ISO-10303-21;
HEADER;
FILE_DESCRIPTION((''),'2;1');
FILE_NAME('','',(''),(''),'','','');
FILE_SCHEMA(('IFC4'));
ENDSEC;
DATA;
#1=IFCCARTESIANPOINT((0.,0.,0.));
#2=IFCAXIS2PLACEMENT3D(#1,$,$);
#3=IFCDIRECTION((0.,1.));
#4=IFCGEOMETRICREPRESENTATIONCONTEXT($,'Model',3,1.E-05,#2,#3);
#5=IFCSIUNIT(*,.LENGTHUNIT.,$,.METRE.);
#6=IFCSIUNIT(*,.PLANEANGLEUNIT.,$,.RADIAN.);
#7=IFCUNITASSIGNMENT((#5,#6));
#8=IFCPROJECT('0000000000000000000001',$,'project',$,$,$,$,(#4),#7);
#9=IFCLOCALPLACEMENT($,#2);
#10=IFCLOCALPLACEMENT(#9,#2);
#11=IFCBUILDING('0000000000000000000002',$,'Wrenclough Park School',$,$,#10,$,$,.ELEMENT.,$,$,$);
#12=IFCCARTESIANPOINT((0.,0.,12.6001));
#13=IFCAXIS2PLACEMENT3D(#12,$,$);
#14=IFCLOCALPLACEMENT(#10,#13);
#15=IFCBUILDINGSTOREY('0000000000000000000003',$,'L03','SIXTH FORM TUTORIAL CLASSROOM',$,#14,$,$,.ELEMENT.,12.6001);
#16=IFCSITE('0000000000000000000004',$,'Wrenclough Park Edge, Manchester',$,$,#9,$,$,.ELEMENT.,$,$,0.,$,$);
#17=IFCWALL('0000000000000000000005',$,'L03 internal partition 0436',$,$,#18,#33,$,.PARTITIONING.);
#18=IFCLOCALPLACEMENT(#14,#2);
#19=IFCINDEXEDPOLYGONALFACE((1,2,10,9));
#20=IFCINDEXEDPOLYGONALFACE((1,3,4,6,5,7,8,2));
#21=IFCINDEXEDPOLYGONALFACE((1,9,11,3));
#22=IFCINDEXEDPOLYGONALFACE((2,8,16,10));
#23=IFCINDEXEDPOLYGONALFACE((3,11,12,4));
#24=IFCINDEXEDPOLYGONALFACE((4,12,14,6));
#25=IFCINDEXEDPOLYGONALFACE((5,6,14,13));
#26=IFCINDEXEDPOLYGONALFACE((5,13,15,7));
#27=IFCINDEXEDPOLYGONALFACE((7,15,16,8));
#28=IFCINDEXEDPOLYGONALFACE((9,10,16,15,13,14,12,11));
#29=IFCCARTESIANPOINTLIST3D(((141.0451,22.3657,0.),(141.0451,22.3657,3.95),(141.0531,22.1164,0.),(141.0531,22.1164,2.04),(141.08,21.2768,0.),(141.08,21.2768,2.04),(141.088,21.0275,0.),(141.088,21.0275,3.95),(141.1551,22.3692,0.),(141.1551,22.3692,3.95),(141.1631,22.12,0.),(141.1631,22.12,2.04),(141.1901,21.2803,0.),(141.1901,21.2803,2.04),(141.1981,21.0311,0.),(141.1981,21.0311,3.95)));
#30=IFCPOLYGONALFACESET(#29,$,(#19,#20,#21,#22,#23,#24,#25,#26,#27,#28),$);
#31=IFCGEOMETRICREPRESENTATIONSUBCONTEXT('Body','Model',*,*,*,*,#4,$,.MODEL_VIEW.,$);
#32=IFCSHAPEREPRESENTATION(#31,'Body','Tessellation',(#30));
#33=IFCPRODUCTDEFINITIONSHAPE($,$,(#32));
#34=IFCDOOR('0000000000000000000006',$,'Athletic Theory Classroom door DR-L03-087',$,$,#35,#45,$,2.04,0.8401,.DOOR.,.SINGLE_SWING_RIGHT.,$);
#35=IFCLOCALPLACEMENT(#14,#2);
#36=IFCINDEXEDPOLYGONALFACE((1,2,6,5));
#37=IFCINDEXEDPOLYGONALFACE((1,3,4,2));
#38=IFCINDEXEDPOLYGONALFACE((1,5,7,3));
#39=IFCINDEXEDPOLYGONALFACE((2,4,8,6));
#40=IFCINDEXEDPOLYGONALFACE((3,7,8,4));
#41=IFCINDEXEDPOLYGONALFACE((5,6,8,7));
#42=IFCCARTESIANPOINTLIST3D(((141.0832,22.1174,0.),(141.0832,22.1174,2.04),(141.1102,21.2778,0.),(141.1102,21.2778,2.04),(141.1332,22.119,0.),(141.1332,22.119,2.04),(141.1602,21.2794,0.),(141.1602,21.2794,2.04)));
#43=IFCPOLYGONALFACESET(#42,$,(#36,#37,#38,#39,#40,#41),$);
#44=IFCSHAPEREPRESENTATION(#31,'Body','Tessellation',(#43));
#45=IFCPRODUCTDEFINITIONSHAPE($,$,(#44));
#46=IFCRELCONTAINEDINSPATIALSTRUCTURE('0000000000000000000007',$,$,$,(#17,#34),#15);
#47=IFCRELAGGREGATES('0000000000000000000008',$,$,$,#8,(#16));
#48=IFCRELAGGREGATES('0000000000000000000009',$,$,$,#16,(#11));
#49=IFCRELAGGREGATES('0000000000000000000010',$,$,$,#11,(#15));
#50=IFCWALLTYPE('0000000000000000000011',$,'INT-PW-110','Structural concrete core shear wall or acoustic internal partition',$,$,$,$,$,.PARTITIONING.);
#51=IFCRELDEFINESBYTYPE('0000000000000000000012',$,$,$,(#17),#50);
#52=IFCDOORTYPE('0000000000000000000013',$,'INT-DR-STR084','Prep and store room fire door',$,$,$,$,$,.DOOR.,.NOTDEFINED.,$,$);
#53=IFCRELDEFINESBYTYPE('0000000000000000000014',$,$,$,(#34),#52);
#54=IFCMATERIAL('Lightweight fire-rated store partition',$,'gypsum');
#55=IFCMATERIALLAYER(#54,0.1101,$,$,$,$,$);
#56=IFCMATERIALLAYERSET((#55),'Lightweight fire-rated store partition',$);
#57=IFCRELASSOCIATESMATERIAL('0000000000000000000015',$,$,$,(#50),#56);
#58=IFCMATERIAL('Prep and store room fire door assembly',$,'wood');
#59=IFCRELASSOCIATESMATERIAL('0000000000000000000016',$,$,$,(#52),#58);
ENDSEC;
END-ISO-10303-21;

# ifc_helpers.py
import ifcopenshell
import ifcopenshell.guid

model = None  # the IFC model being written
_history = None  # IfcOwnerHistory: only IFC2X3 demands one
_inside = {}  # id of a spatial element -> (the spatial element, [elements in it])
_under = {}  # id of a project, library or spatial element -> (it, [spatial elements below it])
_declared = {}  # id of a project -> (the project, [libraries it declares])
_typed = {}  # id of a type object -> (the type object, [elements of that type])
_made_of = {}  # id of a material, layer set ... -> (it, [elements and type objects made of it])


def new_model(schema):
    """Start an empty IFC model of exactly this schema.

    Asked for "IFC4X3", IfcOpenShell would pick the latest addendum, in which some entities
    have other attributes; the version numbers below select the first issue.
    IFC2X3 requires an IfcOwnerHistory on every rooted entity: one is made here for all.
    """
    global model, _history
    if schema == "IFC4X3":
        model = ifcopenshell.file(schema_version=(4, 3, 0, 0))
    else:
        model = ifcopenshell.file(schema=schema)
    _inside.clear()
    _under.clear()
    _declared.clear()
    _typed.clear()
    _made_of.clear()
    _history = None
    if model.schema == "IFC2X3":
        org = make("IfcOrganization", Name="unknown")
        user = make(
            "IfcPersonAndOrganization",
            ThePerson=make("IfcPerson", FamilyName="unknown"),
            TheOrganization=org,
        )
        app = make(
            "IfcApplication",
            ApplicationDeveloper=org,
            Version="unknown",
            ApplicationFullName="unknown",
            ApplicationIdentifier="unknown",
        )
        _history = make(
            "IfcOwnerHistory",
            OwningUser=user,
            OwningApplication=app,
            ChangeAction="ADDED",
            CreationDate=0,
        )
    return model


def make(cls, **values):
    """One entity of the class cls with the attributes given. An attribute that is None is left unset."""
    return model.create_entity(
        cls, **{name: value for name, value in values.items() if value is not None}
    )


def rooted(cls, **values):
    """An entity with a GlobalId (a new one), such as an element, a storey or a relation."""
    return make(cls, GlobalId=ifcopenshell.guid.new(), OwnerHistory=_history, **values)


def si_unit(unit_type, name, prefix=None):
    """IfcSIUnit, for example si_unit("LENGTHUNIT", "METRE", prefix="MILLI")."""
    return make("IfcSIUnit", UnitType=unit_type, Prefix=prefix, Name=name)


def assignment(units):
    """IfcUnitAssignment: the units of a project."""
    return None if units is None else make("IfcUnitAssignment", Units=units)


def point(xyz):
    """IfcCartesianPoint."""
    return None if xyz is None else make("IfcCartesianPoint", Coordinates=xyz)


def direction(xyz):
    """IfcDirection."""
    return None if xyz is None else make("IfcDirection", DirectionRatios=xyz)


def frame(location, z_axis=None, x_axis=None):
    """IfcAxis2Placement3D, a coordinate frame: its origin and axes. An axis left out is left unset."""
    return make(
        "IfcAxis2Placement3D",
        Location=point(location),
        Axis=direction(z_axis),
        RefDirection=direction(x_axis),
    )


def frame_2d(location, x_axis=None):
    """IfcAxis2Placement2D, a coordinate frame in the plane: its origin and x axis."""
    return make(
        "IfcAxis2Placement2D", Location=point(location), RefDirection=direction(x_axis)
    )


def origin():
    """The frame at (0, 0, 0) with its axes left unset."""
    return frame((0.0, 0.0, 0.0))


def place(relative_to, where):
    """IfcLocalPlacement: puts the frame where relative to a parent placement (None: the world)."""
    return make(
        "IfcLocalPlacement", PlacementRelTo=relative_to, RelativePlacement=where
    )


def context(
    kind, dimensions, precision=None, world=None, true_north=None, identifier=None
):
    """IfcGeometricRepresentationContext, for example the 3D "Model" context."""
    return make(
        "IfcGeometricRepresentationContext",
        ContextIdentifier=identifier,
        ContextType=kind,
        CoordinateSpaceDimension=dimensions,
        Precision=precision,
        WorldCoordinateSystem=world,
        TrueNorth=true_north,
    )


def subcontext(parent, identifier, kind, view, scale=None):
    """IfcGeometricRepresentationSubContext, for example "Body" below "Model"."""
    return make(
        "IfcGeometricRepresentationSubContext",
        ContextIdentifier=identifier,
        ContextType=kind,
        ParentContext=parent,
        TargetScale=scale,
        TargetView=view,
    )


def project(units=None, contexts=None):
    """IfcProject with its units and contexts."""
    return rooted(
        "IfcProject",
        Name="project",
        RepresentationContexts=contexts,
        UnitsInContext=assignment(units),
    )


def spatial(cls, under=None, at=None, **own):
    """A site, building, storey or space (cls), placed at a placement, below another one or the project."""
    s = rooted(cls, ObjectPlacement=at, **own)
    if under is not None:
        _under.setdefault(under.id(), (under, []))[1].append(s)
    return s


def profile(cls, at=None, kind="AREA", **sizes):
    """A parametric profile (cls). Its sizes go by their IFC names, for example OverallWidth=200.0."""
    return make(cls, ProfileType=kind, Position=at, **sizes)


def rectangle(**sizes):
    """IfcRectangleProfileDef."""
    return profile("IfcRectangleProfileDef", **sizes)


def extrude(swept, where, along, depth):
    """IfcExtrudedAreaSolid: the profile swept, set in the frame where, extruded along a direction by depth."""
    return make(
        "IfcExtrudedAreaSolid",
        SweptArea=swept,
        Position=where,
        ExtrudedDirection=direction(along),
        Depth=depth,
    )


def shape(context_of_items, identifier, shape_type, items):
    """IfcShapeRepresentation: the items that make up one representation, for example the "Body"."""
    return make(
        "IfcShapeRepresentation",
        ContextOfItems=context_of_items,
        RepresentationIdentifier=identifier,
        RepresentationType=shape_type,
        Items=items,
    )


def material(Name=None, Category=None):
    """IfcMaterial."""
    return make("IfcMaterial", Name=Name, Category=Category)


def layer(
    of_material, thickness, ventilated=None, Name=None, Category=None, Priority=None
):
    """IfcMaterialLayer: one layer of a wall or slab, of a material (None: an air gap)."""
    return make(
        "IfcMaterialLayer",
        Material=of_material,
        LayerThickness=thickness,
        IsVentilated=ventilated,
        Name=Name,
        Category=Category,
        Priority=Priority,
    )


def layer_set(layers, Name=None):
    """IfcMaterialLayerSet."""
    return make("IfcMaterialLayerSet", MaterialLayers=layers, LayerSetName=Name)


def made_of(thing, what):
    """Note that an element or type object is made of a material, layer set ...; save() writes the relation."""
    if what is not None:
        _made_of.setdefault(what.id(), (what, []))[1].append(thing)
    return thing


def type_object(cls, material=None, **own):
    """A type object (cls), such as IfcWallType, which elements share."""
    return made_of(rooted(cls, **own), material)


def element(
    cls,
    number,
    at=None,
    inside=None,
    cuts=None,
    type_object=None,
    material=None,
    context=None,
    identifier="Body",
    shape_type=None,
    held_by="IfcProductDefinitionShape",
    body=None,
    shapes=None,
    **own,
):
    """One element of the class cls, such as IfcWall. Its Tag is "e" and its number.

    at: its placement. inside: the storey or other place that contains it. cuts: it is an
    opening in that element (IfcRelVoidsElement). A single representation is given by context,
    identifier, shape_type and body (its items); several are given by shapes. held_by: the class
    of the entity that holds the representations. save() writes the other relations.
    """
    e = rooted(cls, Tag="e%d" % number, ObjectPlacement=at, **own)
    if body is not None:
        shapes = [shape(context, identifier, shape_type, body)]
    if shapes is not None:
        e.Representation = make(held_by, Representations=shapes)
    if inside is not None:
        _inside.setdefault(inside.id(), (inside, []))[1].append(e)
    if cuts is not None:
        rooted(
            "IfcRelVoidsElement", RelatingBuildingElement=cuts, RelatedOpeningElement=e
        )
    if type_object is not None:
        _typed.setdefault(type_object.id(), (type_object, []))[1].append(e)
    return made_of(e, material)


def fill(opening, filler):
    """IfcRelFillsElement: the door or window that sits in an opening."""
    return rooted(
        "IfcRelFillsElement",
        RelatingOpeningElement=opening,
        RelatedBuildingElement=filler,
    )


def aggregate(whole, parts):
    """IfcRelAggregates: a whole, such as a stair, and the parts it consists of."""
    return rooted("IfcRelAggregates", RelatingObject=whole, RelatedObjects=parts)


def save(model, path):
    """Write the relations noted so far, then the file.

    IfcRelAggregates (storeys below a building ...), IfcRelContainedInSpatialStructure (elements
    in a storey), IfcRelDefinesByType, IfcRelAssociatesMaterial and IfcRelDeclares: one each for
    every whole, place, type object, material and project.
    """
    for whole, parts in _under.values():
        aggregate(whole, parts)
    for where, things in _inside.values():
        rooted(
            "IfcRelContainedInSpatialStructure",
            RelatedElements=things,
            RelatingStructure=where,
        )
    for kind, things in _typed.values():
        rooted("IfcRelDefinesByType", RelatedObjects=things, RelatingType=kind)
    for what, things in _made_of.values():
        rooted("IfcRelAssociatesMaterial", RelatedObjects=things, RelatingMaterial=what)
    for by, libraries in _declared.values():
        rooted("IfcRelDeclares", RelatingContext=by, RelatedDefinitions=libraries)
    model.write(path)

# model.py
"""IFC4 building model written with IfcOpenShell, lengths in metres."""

from ifc_helpers import new_model, si_unit, direction, frame, frame_2d, origin, place, context, subcontext, project, spatial, rectangle, extrude, material, layer, layer_set, type_object, element, fill, save


model = new_model("IFC4")

# Units and contexts
model_context = context("Model", 3, precision=1e-05, world=origin(), true_north=direction((0.0, 1.0)))
body_context = subcontext(model_context, "Body", "Model", "MODEL_VIEW")
ifc_project = project(units=[si_unit("LENGTHUNIT", "METRE"), si_unit("PLANEANGLEUNIT", "RADIAN")], contexts=[model_context])

# Site, building, storey
site_placement = place(None, origin())
site = spatial("IfcSite", under=ifc_project, at=site_placement, Name="Wrenclough Park Edge, Manchester", CompositionType="ELEMENT", RefElevation=0.0)
building_placement = place(site_placement, origin())
building = spatial("IfcBuilding", under=site, at=building_placement, Name="Wrenclough Park School", CompositionType="ELEMENT")
storey_placement = place(building_placement, frame((0.0, 0.0, 12.6001)))
storey = spatial("IfcBuildingStorey", under=building, at=storey_placement, Name="L03", Description="SIXTH FORM TUTORIAL CLASSROOM", CompositionType="ELEMENT", Elevation=12.6001)

# Shared definitions
ifc_material_1 = material(Name="Lightweight fire-rated store partition", Category="gypsum")
ifc_layer_1 = layer(ifc_material_1, 0.1101)
ifc_layer_set_1 = layer_set([ifc_layer_1], Name="Lightweight fire-rated store partition")
wall_type_1 = type_object("IfcWallType", Name="INT-PW-110", Description="Structural concrete core shear wall or acoustic internal partition", PredefinedType="PARTITIONING", material=ifc_layer_set_1)

# Wall, opening, door
wall_1_placement = place(storey_placement, frame((141.1431, 21.0293, 0.0), z_axis=(0.0, 0.0, 1.0), x_axis=(-0.032094, 0.999485, 0.0)))
wall_1 = element("IfcWall", 1, at=wall_1_placement, inside=storey, type_object=wall_type_1, Name="L03 internal partition 0436", PredefinedType="PARTITIONING", context=body_context, shape_type="SweptSolid", body=[
    extrude(rectangle(XDim=1.3389, YDim=0.1101, at=frame_2d((0.6694, 0.0))), origin(), (0.0, 0.0, 1.0), 3.95),
])
opening_1_placement = place(wall_1_placement, frame((0.2495, 0.0, 0.0)))
opening_1 = element("IfcOpeningElement", 2, at=opening_1_placement, cuts=wall_1, PredefinedType="OPENING", context=body_context, shape_type="SweptSolid", body=[
    extrude(rectangle(XDim=0.8401, YDim=2.04, at=frame_2d((0.4199, 1.02))), frame((0.0, 0.0649, 0.0), z_axis=(0.0, -1.0, 0.0), x_axis=(1.0, 0.0, 0.0)), (0.0, 0.0, 1.0), 0.1301),
])
ifc_material_2 = material(Name="Prep and store room fire door assembly", Category="wood")
door_type_1 = type_object("IfcDoorType", Name="INT-DR-STR084", Description="Prep and store room fire door", OperationType="NOTDEFINED", PredefinedType="DOOR", material=ifc_material_2)
door_1_placement = place(opening_1_placement, origin())
door_1 = element("IfcDoor", 3, at=door_1_placement, inside=storey, type_object=door_type_1, Name="Athletic Theory Classroom door DR-L03-087", OperationType="SINGLE_SWING_RIGHT", OverallHeight=2.04, OverallWidth=0.8401, PredefinedType="DOOR", context=body_context, shape_type="SweptSolid", body=[
    extrude(rectangle(XDim=0.8401, YDim=2.04, at=frame_2d((0.4199, 1.02))), frame((0.0, 0.0249, 0.0), z_axis=(0.0, -1.0, 0.0), x_axis=(1.0, 0.0, 0.0)), (0.0, 0.0, 1.0), 0.05),
])
fill(opening_1, door_1)

save(model, "model.ifc")
